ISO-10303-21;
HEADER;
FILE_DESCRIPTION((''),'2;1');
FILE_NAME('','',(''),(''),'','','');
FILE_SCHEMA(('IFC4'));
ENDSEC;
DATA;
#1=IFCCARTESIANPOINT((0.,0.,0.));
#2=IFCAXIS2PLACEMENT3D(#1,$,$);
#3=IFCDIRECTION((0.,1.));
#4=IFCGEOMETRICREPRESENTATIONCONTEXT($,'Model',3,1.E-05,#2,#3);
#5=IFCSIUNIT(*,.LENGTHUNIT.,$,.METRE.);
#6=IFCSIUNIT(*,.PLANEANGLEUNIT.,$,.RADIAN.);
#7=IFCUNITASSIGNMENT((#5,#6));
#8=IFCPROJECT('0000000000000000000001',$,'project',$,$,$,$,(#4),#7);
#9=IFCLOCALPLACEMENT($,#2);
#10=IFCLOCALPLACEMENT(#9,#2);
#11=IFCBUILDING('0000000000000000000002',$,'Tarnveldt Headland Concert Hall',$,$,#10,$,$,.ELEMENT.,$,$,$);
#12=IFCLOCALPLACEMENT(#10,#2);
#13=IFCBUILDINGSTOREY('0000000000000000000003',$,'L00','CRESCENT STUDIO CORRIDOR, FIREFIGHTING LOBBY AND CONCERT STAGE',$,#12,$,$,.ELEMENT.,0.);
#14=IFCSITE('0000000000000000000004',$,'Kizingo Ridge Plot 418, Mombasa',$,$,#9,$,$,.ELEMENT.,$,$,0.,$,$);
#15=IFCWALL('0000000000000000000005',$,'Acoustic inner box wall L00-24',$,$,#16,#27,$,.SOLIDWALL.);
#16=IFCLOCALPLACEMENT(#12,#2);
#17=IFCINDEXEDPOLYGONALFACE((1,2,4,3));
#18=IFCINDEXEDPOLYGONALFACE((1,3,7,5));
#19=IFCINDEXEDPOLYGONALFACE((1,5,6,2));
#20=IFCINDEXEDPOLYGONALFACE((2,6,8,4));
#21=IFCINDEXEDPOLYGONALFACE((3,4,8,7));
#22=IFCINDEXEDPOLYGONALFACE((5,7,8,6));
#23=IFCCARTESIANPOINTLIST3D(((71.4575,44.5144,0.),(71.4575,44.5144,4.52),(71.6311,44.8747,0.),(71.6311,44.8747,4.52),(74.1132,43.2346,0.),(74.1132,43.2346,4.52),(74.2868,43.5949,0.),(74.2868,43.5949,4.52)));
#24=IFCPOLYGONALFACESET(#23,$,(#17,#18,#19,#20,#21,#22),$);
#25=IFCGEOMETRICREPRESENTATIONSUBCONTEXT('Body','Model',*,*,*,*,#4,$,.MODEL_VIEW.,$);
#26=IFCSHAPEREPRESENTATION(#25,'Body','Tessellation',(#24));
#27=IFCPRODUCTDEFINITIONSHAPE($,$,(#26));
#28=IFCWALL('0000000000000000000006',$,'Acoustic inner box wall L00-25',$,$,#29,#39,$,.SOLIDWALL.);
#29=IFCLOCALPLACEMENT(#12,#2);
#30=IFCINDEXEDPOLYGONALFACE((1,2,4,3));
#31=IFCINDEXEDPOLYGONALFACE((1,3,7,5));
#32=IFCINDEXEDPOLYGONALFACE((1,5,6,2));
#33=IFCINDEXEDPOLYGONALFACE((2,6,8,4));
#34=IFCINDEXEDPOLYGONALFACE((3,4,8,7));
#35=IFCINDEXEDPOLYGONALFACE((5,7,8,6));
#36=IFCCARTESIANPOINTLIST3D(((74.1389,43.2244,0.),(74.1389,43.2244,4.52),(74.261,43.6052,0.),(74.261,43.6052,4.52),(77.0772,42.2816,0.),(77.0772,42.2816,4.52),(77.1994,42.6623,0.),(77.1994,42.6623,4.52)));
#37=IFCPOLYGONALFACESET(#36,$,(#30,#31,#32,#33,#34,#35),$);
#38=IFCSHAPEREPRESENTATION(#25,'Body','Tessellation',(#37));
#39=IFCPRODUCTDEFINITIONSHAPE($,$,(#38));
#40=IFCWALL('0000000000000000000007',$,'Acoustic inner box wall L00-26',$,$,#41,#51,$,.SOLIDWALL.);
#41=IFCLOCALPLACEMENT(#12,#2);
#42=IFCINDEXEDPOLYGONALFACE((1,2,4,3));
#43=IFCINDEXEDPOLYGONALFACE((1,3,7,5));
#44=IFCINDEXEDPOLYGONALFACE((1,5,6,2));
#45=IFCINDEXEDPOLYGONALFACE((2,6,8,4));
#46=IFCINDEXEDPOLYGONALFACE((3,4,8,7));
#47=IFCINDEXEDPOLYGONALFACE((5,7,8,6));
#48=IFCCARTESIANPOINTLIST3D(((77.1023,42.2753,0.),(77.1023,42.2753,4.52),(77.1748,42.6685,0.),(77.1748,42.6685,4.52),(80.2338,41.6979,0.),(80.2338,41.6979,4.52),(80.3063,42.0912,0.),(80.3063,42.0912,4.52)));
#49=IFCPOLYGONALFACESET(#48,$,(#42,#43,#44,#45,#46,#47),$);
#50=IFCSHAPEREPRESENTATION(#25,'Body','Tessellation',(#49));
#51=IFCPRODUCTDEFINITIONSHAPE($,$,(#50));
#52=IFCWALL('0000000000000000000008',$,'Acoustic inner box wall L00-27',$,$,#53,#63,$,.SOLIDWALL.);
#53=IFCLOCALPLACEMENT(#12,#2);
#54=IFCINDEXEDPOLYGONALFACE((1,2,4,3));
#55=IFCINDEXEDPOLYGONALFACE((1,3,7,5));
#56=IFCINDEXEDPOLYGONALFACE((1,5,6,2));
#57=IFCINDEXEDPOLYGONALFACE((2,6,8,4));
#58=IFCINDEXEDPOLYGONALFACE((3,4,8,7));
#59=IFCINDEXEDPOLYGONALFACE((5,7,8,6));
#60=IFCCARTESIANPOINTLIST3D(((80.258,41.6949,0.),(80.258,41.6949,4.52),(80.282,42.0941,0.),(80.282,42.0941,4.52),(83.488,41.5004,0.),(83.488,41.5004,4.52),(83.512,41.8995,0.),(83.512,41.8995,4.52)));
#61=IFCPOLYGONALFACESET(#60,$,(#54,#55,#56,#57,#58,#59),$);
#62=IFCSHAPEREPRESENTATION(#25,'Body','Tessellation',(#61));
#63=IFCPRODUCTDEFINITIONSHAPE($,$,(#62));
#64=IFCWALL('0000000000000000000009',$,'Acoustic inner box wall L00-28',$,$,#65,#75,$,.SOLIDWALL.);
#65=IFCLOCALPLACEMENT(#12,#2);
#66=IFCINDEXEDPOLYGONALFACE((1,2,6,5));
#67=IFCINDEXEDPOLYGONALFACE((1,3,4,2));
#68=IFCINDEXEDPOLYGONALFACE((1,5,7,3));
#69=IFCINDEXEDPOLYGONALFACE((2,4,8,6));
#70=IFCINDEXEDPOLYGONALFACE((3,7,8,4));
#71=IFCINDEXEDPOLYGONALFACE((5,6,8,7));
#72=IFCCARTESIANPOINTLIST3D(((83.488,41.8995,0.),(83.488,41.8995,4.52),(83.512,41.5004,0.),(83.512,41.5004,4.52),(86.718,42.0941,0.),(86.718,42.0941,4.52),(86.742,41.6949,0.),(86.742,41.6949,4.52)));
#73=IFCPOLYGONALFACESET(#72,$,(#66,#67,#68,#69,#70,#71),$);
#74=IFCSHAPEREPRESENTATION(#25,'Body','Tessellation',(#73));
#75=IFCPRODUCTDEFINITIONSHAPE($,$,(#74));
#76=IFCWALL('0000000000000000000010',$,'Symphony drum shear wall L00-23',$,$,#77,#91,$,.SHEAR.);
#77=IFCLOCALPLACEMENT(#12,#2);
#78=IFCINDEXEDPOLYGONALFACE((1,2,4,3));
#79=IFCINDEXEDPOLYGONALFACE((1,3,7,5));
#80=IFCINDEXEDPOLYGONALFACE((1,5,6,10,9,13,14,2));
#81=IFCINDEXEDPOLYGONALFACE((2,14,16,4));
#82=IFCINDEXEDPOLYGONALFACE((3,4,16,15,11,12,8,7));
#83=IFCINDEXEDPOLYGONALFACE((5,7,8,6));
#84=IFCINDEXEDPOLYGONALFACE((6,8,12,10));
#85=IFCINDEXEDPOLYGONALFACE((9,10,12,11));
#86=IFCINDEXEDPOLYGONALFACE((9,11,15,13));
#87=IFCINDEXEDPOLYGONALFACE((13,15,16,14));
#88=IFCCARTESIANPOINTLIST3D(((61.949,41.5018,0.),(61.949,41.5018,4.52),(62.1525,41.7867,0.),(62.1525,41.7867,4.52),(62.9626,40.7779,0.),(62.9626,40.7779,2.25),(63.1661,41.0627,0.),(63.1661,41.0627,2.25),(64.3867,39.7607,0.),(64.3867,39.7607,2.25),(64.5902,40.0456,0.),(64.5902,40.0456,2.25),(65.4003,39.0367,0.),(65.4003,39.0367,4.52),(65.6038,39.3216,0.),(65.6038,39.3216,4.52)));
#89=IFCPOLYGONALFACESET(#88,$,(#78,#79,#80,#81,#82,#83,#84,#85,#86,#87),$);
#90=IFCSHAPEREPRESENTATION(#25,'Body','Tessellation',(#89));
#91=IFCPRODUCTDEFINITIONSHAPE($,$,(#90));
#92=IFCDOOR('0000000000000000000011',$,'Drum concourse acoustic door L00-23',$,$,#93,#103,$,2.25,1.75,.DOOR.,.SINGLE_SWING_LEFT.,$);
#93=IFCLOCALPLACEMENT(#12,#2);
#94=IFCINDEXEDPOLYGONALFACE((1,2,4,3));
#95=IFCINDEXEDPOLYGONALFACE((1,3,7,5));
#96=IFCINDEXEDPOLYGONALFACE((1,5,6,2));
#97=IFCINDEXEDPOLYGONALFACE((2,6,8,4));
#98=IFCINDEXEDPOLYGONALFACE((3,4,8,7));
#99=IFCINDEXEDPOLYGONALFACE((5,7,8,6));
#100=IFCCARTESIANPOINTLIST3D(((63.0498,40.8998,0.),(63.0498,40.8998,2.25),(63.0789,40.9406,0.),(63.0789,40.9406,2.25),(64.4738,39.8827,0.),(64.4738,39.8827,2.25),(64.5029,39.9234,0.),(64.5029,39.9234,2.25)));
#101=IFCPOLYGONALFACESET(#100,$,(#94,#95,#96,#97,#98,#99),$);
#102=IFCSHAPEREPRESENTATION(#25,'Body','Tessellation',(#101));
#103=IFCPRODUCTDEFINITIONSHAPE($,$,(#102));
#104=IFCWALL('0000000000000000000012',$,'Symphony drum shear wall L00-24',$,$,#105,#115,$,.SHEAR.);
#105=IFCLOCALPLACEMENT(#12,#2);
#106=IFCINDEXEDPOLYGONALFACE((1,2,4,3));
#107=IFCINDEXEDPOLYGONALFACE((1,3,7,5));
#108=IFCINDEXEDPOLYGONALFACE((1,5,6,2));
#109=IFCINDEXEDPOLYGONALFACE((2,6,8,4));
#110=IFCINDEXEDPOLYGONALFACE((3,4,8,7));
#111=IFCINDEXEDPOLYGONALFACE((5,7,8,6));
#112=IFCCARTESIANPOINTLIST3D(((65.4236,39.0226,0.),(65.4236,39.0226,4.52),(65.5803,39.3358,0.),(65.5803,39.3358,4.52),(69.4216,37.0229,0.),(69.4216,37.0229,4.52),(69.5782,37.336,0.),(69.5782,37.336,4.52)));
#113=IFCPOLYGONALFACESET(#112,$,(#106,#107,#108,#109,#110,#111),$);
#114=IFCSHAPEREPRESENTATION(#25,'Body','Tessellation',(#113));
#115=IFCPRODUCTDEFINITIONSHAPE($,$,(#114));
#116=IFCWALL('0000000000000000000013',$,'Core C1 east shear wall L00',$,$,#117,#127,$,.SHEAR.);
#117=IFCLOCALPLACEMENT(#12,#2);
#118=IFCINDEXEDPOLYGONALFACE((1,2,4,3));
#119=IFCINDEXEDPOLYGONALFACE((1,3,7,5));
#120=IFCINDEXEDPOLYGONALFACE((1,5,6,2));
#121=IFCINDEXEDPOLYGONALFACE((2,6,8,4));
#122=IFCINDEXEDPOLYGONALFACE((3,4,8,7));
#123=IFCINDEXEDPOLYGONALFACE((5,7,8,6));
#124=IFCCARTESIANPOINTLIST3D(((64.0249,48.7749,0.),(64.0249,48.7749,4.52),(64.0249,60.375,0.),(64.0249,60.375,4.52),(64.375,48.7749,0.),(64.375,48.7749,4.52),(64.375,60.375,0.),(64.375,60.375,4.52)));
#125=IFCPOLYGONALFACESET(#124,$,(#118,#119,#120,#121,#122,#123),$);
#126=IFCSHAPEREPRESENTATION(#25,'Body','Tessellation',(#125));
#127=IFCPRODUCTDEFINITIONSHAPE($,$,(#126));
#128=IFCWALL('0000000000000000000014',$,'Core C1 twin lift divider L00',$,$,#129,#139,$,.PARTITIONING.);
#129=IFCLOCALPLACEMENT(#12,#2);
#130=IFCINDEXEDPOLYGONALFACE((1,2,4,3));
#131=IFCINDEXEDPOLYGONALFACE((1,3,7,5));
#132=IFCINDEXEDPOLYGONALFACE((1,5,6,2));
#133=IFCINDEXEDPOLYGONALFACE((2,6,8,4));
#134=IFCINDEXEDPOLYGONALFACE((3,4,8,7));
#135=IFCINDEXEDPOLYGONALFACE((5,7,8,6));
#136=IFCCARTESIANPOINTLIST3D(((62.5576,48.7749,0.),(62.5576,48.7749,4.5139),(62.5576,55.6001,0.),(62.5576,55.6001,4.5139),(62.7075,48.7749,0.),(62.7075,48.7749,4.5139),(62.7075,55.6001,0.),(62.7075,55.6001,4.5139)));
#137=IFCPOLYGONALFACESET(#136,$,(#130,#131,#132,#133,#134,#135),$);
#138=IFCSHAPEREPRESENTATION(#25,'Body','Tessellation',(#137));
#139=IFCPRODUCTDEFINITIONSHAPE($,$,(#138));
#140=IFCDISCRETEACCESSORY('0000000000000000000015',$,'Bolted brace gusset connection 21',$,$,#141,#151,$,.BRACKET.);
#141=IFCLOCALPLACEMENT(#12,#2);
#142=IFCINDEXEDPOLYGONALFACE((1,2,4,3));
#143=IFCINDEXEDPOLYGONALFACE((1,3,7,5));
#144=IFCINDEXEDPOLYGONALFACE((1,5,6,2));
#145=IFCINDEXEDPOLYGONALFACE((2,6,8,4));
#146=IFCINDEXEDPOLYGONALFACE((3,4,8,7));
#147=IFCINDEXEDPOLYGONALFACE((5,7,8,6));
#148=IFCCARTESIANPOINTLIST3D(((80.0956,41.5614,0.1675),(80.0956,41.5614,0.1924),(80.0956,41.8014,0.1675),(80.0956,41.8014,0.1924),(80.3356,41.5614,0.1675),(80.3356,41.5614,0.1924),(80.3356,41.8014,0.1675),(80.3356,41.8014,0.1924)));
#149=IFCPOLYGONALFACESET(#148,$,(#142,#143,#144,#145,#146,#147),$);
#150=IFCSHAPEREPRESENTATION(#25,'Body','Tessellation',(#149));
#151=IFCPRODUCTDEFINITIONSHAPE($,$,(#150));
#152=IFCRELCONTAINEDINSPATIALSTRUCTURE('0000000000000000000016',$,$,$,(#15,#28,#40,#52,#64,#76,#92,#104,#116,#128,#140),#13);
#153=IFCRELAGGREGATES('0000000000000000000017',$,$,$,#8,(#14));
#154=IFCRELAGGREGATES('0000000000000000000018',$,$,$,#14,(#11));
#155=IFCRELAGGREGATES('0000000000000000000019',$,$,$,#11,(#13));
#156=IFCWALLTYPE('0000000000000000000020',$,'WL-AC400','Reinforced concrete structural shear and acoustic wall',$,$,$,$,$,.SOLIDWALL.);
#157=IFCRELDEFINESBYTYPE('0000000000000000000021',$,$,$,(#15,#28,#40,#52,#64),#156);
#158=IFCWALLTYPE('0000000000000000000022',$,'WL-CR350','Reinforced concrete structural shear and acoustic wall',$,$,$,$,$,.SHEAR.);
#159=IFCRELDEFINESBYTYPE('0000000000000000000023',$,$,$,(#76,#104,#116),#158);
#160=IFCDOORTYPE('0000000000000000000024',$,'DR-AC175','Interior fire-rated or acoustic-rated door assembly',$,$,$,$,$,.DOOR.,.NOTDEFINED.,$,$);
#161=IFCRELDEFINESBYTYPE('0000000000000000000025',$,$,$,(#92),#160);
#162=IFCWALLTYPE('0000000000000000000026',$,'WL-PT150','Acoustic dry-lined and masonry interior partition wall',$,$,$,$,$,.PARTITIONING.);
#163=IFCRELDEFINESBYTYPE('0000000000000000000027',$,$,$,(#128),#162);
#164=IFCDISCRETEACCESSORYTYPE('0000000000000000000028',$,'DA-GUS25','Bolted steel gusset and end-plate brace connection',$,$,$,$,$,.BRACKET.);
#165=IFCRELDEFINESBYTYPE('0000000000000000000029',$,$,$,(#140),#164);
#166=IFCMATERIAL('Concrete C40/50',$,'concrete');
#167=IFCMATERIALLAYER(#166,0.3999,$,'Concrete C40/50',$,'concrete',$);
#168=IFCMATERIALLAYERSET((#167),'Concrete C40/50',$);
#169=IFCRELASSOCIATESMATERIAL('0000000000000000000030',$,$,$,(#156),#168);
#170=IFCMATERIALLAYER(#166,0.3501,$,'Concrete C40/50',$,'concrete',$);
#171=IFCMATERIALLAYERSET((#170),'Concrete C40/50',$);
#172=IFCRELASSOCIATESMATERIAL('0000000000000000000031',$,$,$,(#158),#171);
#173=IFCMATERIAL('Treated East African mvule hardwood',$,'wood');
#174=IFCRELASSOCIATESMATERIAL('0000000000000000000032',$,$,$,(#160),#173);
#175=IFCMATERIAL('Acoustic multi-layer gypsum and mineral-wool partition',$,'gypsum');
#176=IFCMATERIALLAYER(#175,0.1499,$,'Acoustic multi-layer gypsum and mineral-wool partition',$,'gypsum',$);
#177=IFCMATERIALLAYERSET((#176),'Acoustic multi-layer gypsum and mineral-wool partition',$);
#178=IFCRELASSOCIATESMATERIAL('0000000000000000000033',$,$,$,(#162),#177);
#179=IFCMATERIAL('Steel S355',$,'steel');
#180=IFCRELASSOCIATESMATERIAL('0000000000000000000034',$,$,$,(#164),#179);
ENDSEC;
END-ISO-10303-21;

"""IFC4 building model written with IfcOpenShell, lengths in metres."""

from ifc_helpers import new_model, si_unit, direction, frame, frame_2d, origin, origin_2d, place, context, subcontext, project, spatial, rectangle, extrude, material, layer, layer_set, type_object, element, fill, save


model = new_model("IFC4")

# Units and contexts
model_context = context("Model", 3, precision=1e-05, world=origin(), true_north=direction((0.0, 1.0)))
body_context = subcontext(model_context, "Body", "Model", "MODEL_VIEW")
ifc_project = project(units=[si_unit("LENGTHUNIT", "METRE"), si_unit("PLANEANGLEUNIT", "RADIAN")], contexts=[model_context])

# Site, building, storey
site_placement = place(None, origin())
site = spatial("IfcSite", under=ifc_project, at=site_placement, Name="Kizingo Ridge Plot 418, Mombasa", CompositionType="ELEMENT", RefElevation=0.0)
building_placement = place(site_placement, origin())
building = spatial("IfcBuilding", under=site, at=building_placement, Name="Tarnveldt Headland Concert Hall", CompositionType="ELEMENT")
storey_placement = place(building_placement, origin())
storey = spatial("IfcBuildingStorey", under=building, at=storey_placement, Name="L00", Description="CRESCENT STUDIO CORRIDOR, FIREFIGHTING LOBBY AND CONCERT STAGE", CompositionType="ELEMENT", Elevation=0.0)

# Shared definitions
ifc_material_1 = material(Name="Concrete C40/50", Category="concrete")
ifc_material_2 = material(Name="Steel S355", Category="steel")

# Shared definitions
ifc_layer_1 = layer(ifc_material_1, 0.3999, Name="Concrete C40/50", Category="concrete")
ifc_layer_set_1 = layer_set([ifc_layer_1], Name="Concrete C40/50")
wall_type_1 = type_object("IfcWallType", Name="WL-AC400", Description="Reinforced concrete structural shear and acoustic wall", PredefinedType="SOLIDWALL", material=ifc_layer_set_1)

# Shared definitions
ifc_material_3 = material(Name="Treated East African mvule hardwood", Category="wood")

# Walls
wall_1_placement = place(storey_placement, frame((71.5442, 44.6946, 0.0), z_axis=(0.0, 0.0, 1.0), x_axis=(0.900858, -0.434114, 0.0)))
element("IfcWall", 1, at=wall_1_placement, inside=storey, type_object=wall_type_1, Name="Acoustic inner box wall L00-24", PredefinedType="SOLIDWALL", context=body_context, shape_type="SweptSolid", body=[
    extrude(rectangle(XDim=2.948, YDim=0.3999, at=frame_2d((1.4741, 0.0))), origin(), (0.0, 0.0, 1.0), 4.52),
])
wall_2_placement = place(storey_placement, frame((74.2, 43.4148, 0.0), z_axis=(0.0, 0.0, 1.0), x_axis=(0.952183, -0.305528, 0.0)))
element("IfcWall", 2, at=wall_2_placement, inside=storey, type_object=wall_type_1, Name="Acoustic inner box wall L00-25", PredefinedType="SOLIDWALL", context=body_context, shape_type="SweptSolid", body=[
    extrude(rectangle(XDim=3.0859, YDim=0.3999, at=frame_2d((1.543, 0.0))), origin(), (0.0, 0.0, 1.0), 4.52),
])
wall_3_placement = place(storey_placement, frame((77.1384, 42.4719, 0.0), z_axis=(0.0, 0.0, 1.0), x_axis=(0.983424, -0.18132, 0.0)))
element("IfcWall", 3, at=wall_3_placement, inside=storey, type_object=wall_type_1, Name="Acoustic inner box wall L00-26", PredefinedType="SOLIDWALL", context=body_context, shape_type="SweptSolid", body=[
    extrude(rectangle(XDim=3.1843, YDim=0.3999, at=frame_2d((1.5923, 0.0))), origin(), (0.0, 0.0, 1.0), 4.52),
])
for number, where, z_axis, x_axis, name in (
    (4, (80.27, 41.8945, 0.0), (0.0, 0.0, 1.0), (0.99819, -0.060133, 0.0), "Acoustic inner box wall L00-27"),
    (5, (83.5, 41.7, 0.0), (0.0, 0.0, 1.0), (0.99819, 0.060133, 0.0), "Acoustic inner box wall L00-28"),
):
    element("IfcWall", number, at=place(storey_placement, frame(where, z_axis=z_axis, x_axis=x_axis)), inside=storey, type_object=wall_type_1, Name=name, PredefinedType="SOLIDWALL", context=body_context, shape_type="SweptSolid", body=[
        extrude(rectangle(XDim=3.2358, YDim=0.3999, at=frame_2d((1.6179, 0.0))), origin(), (0.0, 0.0, 1.0), 4.52),
    ])

# Wall, opening, door
ifc_layer_2 = layer(ifc_material_1, 0.3501, Name="Concrete C40/50", Category="concrete")
ifc_layer_set_2 = layer_set([ifc_layer_2], Name="Concrete C40/50")
wall_type_2 = type_object("IfcWallType", Name="WL-CR350", Description="Reinforced concrete structural shear and acoustic wall", PredefinedType="SHEAR", material=ifc_layer_set_2)
wall_4_placement = place(storey_placement, frame((62.0508, 41.6443, 0.0), z_axis=(0.0, 0.0, 1.0), x_axis=(0.813737, -0.581233, 0.0)))
wall_4 = element("IfcWall", 6, at=wall_4_placement, inside=storey, type_object=wall_type_2, Name="Symphony drum shear wall L00-23", PredefinedType="SHEAR", context=body_context, shape_type="SweptSolid", body=[
    extrude(rectangle(XDim=4.2412, YDim=0.3501, at=frame_2d((2.1206, 0.0))), origin(), (0.0, 0.0, 1.0), 4.52),
])
opening_1_placement = place(wall_4_placement, frame((1.2456, 0.0, 0.0)))
opening_1 = element("IfcOpeningElement", 7, at=opening_1_placement, cuts=wall_4, PredefinedType="OPENING", context=body_context, shape_type="SweptSolid", body=[
    extrude(rectangle(XDim=1.75, YDim=2.25, at=frame_2d((0.875, 1.125))), frame((0.0, 0.1851, 0.0), z_axis=(0.0, -1.0, 0.0), x_axis=(1.0, 0.0, 0.0)), (0.0, 0.0, 1.0), 0.3701),
])
door_type_1 = type_object("IfcDoorType", Name="DR-AC175", Description="Interior fire-rated or acoustic-rated door assembly", OperationType="NOTDEFINED", PredefinedType="DOOR", material=ifc_material_3)
door_1_placement = place(opening_1_placement, origin())
door_1 = element("IfcDoor", 8, at=door_1_placement, inside=storey, type_object=door_type_1, Name="Drum concourse acoustic door L00-23", OperationType="SINGLE_SWING_LEFT", OverallHeight=2.25, OverallWidth=1.75, PredefinedType="DOOR", context=body_context, shape_type="SweptSolid", body=[
    extrude(rectangle(XDim=1.75, YDim=2.25, at=frame_2d((0.875, 1.125))), frame((0.0, 0.0249, 0.0), z_axis=(0.0, -1.0, 0.0), x_axis=(1.0, 0.0, 0.0)), (0.0, 0.0, 1.0), 0.05),
])
fill(opening_1, door_1)

# Walls
wall_5_placement = place(storey_placement, frame((65.502, 39.1792, 0.0), z_axis=(0.0, 0.0, 1.0), x_axis=(0.894362, -0.447345, 0.0)))
element("IfcWall", 9, at=wall_5_placement, inside=storey, type_object=wall_type_2, Name="Symphony drum shear wall L00-24", PredefinedType="SHEAR", context=body_context, shape_type="SweptSolid", body=[
    extrude(rectangle(XDim=4.4702, YDim=0.3501, at=frame_2d((2.2351, 0.0))), origin(), (0.0, 0.0, 1.0), 4.52),
])
wall_6_placement = place(storey_placement, frame((64.2, 48.7749, 0.0), z_axis=(0.0, 0.0, 1.0), x_axis=(0.0, 1.0, 0.0)))
element("IfcWall", 10, at=wall_6_placement, inside=storey, type_object=wall_type_2, Name="Core C1 east shear wall L00", PredefinedType="SHEAR", context=body_context, shape_type="SweptSolid", body=[
    extrude(rectangle(XDim=11.6001, YDim=0.3501, at=frame_2d((5.8, 0.0))), origin(), (0.0, 0.0, 1.0), 4.52),
])
ifc_material_4 = material(Name="Acoustic multi-layer gypsum and mineral-wool partition", Category="gypsum")
ifc_layer_3 = layer(ifc_material_4, 0.1499, Name="Acoustic multi-layer gypsum and mineral-wool partition", Category="gypsum")
ifc_layer_set_3 = layer_set([ifc_layer_3], Name="Acoustic multi-layer gypsum and mineral-wool partition")
wall_type_3 = type_object("IfcWallType", Name="WL-PT150", Description="Acoustic dry-lined and masonry interior partition wall", PredefinedType="PARTITIONING", material=ifc_layer_set_3)
wall_7_placement = place(storey_placement, frame((62.6326, 48.7749, 0.0), z_axis=(0.0, 0.0, 1.0), x_axis=(0.0, 1.0, 0.0)))
element("IfcWall", 11, at=wall_7_placement, inside=storey, type_object=wall_type_3, Name="Core C1 twin lift divider L00", PredefinedType="PARTITIONING", context=body_context, shape_type="SweptSolid", body=[
    extrude(rectangle(XDim=6.8252, YDim=0.1499, at=frame_2d((3.4126, 0.0))), origin(), (0.0, 0.0, 1.0), 4.5139),
])

# Discrete accessory
discrete_accessory_type = type_object("IfcDiscreteAccessoryType", Name="DA-GUS25", Description="Bolted steel gusset and end-plate brace connection", PredefinedType="BRACKET", material=ifc_material_2)
discrete_accessory_placement = place(storey_placement, frame((80.2156, 41.6814, 0.1675), z_axis=(0.0, 0.0, 1.0), x_axis=(1.0, 0.0, 0.0)))
element("IfcDiscreteAccessory", 12, at=discrete_accessory_placement, inside=storey, type_object=discrete_accessory_type, Name="Bolted brace gusset connection 21", PredefinedType="BRACKET", context=body_context, shape_type="SweptSolid", body=[
    extrude(rectangle(XDim=0.24, YDim=0.24, at=origin_2d()), origin(), (0.0, 0.0, 1.0), 0.0249),
])

save(model, "model.ifc")
